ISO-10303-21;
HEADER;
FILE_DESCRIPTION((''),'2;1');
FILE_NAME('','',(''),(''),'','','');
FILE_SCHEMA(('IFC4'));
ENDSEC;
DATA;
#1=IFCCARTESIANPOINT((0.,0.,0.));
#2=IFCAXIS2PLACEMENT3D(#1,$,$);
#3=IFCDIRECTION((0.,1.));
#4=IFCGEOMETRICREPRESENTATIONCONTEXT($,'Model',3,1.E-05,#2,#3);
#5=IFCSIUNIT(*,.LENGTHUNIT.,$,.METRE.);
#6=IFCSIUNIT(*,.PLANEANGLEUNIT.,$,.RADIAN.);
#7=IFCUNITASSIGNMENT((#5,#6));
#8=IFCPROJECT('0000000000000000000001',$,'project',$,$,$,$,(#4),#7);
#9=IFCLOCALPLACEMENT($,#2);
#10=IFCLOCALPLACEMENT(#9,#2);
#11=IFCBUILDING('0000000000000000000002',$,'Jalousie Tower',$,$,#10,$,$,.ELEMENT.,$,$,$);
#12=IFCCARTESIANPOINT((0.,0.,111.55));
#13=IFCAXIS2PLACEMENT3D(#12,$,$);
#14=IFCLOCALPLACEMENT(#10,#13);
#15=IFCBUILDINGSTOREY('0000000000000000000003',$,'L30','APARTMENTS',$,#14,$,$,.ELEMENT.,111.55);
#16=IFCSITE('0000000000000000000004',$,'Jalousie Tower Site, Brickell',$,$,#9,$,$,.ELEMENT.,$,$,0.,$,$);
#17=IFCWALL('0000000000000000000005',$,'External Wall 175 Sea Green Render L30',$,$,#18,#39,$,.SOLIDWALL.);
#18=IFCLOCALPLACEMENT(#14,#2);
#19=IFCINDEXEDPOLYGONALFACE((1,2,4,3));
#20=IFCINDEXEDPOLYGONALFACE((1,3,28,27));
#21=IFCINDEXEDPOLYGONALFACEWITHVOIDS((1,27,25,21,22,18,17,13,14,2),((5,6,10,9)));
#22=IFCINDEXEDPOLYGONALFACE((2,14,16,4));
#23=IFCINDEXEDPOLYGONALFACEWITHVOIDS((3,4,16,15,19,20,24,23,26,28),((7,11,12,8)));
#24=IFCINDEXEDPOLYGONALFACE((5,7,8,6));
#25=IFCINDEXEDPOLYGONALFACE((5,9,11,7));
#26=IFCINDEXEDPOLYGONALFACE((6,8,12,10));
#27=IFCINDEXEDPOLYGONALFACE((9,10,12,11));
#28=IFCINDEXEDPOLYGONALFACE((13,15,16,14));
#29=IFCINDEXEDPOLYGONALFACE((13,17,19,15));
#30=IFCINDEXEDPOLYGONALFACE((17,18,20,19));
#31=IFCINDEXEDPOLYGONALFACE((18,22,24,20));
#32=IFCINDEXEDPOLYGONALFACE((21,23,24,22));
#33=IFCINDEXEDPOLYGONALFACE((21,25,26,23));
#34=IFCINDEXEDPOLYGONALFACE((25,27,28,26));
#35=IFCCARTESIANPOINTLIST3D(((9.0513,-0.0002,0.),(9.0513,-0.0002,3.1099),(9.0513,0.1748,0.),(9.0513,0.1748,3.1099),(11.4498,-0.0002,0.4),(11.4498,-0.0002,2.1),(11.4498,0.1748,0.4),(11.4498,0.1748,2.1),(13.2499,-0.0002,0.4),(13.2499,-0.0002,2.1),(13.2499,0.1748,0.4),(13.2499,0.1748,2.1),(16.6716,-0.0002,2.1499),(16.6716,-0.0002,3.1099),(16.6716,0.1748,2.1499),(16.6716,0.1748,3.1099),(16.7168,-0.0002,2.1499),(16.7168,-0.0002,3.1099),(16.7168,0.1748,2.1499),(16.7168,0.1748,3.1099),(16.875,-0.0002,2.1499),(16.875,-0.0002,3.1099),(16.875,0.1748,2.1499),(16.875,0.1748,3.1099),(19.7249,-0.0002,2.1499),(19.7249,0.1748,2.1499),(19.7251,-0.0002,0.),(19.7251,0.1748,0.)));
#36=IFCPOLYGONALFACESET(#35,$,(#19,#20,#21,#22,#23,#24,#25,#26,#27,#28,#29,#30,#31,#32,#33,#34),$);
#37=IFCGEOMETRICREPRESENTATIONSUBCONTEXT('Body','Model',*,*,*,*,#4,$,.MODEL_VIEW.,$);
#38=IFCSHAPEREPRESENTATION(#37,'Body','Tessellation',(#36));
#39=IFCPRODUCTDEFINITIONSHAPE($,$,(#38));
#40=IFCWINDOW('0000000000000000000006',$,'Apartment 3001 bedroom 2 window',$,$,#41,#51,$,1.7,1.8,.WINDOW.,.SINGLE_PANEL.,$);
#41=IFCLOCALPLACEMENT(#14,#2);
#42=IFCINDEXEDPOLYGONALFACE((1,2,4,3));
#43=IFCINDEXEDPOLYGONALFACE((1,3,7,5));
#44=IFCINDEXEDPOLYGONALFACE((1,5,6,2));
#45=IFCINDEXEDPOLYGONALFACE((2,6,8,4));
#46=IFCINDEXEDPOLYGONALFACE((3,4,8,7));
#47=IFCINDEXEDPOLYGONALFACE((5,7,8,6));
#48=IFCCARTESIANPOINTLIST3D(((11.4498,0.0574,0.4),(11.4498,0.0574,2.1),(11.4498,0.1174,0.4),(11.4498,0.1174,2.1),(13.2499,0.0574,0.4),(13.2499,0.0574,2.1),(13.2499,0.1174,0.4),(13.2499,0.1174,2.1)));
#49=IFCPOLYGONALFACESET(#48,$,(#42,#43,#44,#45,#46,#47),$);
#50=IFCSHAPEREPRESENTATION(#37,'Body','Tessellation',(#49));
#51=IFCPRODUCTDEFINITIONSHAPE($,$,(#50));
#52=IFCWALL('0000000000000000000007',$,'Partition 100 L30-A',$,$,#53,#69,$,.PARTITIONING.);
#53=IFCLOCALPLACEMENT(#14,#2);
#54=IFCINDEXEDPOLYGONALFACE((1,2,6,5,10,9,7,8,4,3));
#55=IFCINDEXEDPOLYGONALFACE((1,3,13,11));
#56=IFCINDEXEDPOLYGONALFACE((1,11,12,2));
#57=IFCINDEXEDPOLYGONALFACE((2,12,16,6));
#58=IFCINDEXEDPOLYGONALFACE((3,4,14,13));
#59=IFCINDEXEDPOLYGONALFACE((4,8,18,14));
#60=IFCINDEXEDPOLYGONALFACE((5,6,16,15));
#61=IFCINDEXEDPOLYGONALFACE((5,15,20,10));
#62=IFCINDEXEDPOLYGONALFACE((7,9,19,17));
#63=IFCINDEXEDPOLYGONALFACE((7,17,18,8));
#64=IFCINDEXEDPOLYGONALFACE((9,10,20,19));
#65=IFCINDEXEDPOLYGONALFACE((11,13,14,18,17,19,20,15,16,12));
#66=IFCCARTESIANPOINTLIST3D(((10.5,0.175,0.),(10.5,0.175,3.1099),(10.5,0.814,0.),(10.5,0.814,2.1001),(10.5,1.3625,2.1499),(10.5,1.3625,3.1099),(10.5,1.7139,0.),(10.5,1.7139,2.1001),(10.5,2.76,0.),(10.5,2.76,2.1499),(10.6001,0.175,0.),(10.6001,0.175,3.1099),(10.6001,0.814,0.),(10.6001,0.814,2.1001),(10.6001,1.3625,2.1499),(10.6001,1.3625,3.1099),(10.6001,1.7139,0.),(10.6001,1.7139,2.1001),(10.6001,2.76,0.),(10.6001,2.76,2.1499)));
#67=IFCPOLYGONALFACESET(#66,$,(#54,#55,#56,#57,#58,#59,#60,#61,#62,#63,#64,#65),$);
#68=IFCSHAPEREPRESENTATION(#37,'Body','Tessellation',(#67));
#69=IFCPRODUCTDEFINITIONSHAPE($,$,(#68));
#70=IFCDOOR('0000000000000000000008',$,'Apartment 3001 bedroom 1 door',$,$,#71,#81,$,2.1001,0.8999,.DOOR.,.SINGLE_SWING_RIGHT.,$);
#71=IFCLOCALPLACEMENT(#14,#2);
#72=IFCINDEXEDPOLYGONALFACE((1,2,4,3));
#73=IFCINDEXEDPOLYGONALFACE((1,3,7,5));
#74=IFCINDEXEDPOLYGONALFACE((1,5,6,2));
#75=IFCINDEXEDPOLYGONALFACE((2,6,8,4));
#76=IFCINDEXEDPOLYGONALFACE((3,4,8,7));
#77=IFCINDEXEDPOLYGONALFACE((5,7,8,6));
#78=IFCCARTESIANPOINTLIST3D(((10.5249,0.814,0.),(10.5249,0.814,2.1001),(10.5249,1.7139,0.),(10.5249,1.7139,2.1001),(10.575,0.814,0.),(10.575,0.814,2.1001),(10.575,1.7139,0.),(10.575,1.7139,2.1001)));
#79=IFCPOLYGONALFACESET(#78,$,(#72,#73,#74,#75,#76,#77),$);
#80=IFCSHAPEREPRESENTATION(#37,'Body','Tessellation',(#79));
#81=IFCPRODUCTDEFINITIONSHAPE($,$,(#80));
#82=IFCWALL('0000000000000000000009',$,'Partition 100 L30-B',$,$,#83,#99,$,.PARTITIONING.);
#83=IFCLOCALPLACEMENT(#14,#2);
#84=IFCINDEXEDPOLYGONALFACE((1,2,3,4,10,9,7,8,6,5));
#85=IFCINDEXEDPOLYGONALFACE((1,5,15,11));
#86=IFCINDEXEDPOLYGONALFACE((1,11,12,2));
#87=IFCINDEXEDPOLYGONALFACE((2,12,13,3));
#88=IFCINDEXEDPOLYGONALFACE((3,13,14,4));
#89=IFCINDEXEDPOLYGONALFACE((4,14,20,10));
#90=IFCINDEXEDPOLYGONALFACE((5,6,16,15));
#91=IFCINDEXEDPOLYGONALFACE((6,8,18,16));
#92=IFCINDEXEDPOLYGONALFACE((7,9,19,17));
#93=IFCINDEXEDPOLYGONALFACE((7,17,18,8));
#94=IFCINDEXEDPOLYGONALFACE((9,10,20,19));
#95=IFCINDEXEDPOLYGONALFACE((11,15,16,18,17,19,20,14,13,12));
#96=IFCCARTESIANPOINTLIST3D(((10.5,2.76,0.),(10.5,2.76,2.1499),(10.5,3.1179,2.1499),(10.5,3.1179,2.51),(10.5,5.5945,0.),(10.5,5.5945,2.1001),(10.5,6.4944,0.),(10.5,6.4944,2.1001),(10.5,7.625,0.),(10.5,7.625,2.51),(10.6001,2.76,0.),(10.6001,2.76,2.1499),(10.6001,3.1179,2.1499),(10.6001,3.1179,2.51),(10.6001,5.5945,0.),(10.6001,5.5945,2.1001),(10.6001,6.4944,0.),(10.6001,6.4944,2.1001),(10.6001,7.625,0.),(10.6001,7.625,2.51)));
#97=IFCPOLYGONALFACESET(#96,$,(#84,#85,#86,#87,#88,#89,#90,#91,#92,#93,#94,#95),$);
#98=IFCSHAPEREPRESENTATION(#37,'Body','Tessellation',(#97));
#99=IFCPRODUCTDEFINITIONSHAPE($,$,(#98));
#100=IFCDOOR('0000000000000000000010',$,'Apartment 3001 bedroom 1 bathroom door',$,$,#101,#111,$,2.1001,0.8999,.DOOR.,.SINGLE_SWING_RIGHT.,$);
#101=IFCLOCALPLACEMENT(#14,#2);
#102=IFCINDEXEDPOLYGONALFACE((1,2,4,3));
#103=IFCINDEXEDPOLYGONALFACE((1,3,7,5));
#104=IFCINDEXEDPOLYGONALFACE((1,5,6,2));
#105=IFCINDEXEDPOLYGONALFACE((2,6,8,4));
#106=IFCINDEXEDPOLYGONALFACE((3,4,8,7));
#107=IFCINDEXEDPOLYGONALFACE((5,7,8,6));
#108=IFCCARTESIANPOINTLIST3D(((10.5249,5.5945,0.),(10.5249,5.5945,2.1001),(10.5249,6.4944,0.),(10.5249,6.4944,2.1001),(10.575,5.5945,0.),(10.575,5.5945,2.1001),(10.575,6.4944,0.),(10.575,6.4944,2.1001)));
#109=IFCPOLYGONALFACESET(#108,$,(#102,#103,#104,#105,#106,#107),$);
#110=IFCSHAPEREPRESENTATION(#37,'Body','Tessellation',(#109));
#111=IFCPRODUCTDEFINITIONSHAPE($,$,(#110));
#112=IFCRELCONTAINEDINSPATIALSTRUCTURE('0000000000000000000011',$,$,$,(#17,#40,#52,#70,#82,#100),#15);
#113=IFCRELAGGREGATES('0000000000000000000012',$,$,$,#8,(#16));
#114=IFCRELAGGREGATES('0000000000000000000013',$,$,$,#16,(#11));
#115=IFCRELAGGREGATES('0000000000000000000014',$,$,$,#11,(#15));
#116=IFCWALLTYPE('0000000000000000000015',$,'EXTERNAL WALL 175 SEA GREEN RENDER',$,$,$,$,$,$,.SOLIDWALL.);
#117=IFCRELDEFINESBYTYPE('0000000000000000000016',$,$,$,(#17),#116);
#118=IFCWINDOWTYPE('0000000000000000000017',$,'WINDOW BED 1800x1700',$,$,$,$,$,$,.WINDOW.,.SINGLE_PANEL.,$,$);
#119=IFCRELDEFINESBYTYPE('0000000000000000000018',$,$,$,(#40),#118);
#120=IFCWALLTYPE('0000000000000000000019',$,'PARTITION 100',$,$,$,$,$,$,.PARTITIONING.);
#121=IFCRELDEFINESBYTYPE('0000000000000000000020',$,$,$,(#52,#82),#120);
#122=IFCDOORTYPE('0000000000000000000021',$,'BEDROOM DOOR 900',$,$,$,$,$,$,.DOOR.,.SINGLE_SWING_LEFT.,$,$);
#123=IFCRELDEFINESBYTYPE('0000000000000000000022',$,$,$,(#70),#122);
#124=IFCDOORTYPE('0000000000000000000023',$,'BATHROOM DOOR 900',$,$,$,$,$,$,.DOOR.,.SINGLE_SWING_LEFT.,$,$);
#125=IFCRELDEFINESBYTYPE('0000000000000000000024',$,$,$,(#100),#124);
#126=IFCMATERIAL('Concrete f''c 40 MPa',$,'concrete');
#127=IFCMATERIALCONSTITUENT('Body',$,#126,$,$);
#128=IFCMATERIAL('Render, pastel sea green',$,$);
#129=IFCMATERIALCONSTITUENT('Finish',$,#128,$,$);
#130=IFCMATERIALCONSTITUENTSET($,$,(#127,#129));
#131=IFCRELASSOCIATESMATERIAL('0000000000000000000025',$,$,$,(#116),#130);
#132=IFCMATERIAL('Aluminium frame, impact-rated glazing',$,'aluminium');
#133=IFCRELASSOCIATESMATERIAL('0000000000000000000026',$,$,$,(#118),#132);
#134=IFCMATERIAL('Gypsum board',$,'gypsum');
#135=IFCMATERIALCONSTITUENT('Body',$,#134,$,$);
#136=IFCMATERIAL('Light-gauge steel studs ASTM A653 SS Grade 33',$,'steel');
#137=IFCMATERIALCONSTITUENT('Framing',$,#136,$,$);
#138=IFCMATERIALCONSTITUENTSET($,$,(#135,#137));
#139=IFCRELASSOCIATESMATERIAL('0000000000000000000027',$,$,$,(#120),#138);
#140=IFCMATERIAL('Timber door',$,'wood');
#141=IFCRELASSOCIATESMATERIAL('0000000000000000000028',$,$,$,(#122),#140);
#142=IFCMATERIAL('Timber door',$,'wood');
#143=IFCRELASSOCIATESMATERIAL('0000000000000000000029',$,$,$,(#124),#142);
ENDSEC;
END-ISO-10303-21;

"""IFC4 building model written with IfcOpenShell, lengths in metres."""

from ifc_helpers import new_model, si_unit, direction, frame, frame_2d, origin, place, context, subcontext, project, spatial, polyline, rectangle, outline, extrude, material, constituent, constituent_set, type_object, element, fill, save


model = new_model("IFC4")

# Units and contexts
model_context = context("Model", 3, precision=1e-05, world=origin(), true_north=direction((0.0, 1.0)))
body_context = subcontext(model_context, "Body", "Model", "MODEL_VIEW")
ifc_project = project(units=[si_unit("LENGTHUNIT", "METRE"), si_unit("PLANEANGLEUNIT", "RADIAN")], contexts=[model_context])

# Site, building, storey
site_placement = place(None, origin())
site = spatial("IfcSite", under=ifc_project, at=site_placement, Name="Jalousie Tower Site, Brickell", CompositionType="ELEMENT", RefElevation=0.0)
building_placement = place(site_placement, origin())
building = spatial("IfcBuilding", under=site, at=building_placement, Name="Jalousie Tower", CompositionType="ELEMENT")
storey_placement = place(building_placement, frame((0.0, 0.0, 111.55)))
storey = spatial("IfcBuildingStorey", under=building, at=storey_placement, Name="L30", Description="APARTMENTS", CompositionType="ELEMENT", Elevation=111.55)

# Wall, opening, window
ifc_material_1 = material(Name="Concrete f'c 40 MPa", Category="concrete")
ifc_constituent_1 = constituent(ifc_material_1, Name="Body")
ifc_material_2 = material(Name="Render, pastel sea green")
ifc_constituent_2 = constituent(ifc_material_2, Name="Finish")
ifc_constituent_set_1 = constituent_set(constituents=[ifc_constituent_1, ifc_constituent_2])
wall_type_1 = type_object("IfcWallType", Name="EXTERNAL WALL 175 SEA GREEN RENDER", PredefinedType="SOLIDWALL", material=ifc_constituent_set_1)
wall_1_placement = place(storey_placement, frame((9.0513, 0.0874, 0.0), z_axis=(0.0, 0.0, 1.0), x_axis=(1.0, 0.0, 0.0)))
wall_1 = element("IfcWall", 1, at=wall_1_placement, inside=storey, type_object=wall_type_1, Name="External Wall 175 Sea Green Render L30", PredefinedType="SOLIDWALL", context=body_context, shape_type="SweptSolid", body=[
    extrude(outline(polyline([(0.0, 0.0), (10.6738, 0.0), (10.6736, 2.1499), (7.8237, 2.1499), (7.8237, 3.1099), (7.6655, 3.1099), (7.6655, 2.1499), (7.6204, 2.1499), (7.6204, 3.1099), (0.0, 3.1099), (0.0, 0.0)])), frame((0.0, 0.0874, 0.0), z_axis=(0.0, -1.0, 0.0), x_axis=(1.0, 0.0, 0.0)), (0.0, 0.0, 1.0), 0.175),
])
opening_1_placement = place(wall_1_placement, frame((2.3987, 0.0, 0.3999)))
opening_1 = element("IfcOpeningElement", 2, at=opening_1_placement, cuts=wall_1, PredefinedType="OPENING", context=body_context, shape_type="SweptSolid", body=[
    extrude(rectangle(XDim=1.8, YDim=1.7, at=frame_2d((0.8999, 0.8501))), frame((0.0, 0.0974, 0.0), z_axis=(0.0, -1.0, 0.0), x_axis=(1.0, 0.0, 0.0)), (0.0, 0.0, 1.0), 0.1951),
])
ifc_material_3 = material(Name="Aluminium frame, impact-rated glazing", Category="aluminium")
window_type = type_object("IfcWindowType", Name="WINDOW BED 1800x1700", PartitioningType="SINGLE_PANEL", PredefinedType="WINDOW", material=ifc_material_3)
window_placement = place(opening_1_placement, origin())
window = element("IfcWindow", 3, at=window_placement, inside=storey, type_object=window_type, Name="Apartment 3001 bedroom 2 window", OverallHeight=1.7, OverallWidth=1.8, PartitioningType="SINGLE_PANEL", PredefinedType="WINDOW", context=body_context, shape_type="SweptSolid", body=[
    extrude(rectangle(XDim=1.8, YDim=1.7, at=frame_2d((0.8999, 0.8501))), frame((0.0, 0.03, 0.0), z_axis=(0.0, -1.0, 0.0), x_axis=(1.0, 0.0, 0.0)), (0.0, 0.0, 1.0), 0.0601),
])
fill(opening_1, window)

# Walls, openings, doors
ifc_material_4 = material(Name="Gypsum board", Category="gypsum")
ifc_constituent_3 = constituent(ifc_material_4, Name="Body")
ifc_material_5 = material(Name="Light-gauge steel studs ASTM A653 SS Grade 33", Category="steel")
ifc_constituent_4 = constituent(ifc_material_5, Name="Framing")
ifc_constituent_set_2 = constituent_set(constituents=[ifc_constituent_3, ifc_constituent_4])
wall_type_2 = type_object("IfcWallType", Name="PARTITION 100", PredefinedType="PARTITIONING", material=ifc_constituent_set_2)
wall_2_placement = place(storey_placement, frame((10.55, 0.175, 0.0), z_axis=(0.0, 0.0, 1.0), x_axis=(0.0, 1.0, 0.0)))
wall_2 = element("IfcWall", 4, at=wall_2_placement, inside=storey, type_object=wall_type_2, Name="Partition 100 L30-A", PredefinedType="PARTITIONING", context=body_context, shape_type="SweptSolid", body=[
    extrude(outline(polyline([(0.0, 0.0), (2.585, 0.0), (2.585, 2.1499), (1.1875, 2.1499), (1.1875, 3.1099), (0.0, 3.1099), (0.0, 0.0)])), frame((0.0, 0.05, 0.0), z_axis=(0.0, -1.0, 0.0), x_axis=(1.0, 0.0, 0.0)), (0.0, 0.0, 1.0), 0.1001),
])
opening_2_placement = place(wall_2_placement, frame((0.6389, 0.0, 0.0)))
opening_2 = element("IfcOpeningElement", 5, at=opening_2_placement, cuts=wall_2, PredefinedType="OPENING", context=body_context, shape_type="SweptSolid", body=[
    extrude(rectangle(XDim=0.8999, YDim=2.1001, at=frame_2d((0.45, 1.05))), frame((0.0, 0.0601, 0.0), z_axis=(0.0, -1.0, 0.0), x_axis=(1.0, 0.0, 0.0)), (0.0, 0.0, 1.0), 0.1201),
])
ifc_material_6 = material(Name="Timber door", Category="wood")
door_type_1 = type_object("IfcDoorType", Name="BEDROOM DOOR 900", OperationType="SINGLE_SWING_LEFT", PredefinedType="DOOR", material=ifc_material_6)
door_1_placement = place(opening_2_placement, frame((0.8999, 0.0, 0.0), z_axis=(0.0, 0.0, 1.0), x_axis=(-1.0, 0.0, 0.0)))
door_1 = element("IfcDoor", 6, at=door_1_placement, inside=storey, type_object=door_type_1, Name="Apartment 3001 bedroom 1 door", OperationType="SINGLE_SWING_RIGHT", OverallHeight=2.1001, OverallWidth=0.8999, PredefinedType="DOOR", context=body_context, shape_type="SweptSolid", body=[
    extrude(rectangle(XDim=0.8999, YDim=2.1001, at=frame_2d((0.45, 1.05))), frame((0.0, 0.0249, 0.0), z_axis=(0.0, -1.0, 0.0), x_axis=(1.0, 0.0, 0.0)), (0.0, 0.0, 1.0), 0.05),
])
fill(opening_2, door_1)
wall_3_placement = place(storey_placement, frame((10.55, 2.76, 0.0), z_axis=(0.0, 0.0, 1.0), x_axis=(0.0, 1.0, 0.0)))
wall_3 = element("IfcWall", 7, at=wall_3_placement, inside=storey, type_object=wall_type_2, Name="Partition 100 L30-B", PredefinedType="PARTITIONING", context=body_context, shape_type="SweptSolid", body=[
    extrude(outline(polyline([(0.0, 0.0), (4.865, 0.0), (4.865, 2.51), (0.3579, 2.51), (0.3579, 2.1499), (0.0, 2.1499), (0.0, 0.0)])), frame((0.0, 0.05, 0.0), z_axis=(0.0, -1.0, 0.0), x_axis=(1.0, 0.0, 0.0)), (0.0, 0.0, 1.0), 0.1001),
])
opening_3_placement = place(wall_3_placement, frame((2.8345, 0.0, 0.0)))
opening_3 = element("IfcOpeningElement", 8, at=opening_3_placement, cuts=wall_3, PredefinedType="OPENING", context=body_context, shape_type="SweptSolid", body=[
    extrude(rectangle(XDim=0.8999, YDim=2.1001, at=frame_2d((0.45, 1.05))), frame((0.0, 0.0601, 0.0), z_axis=(0.0, -1.0, 0.0), x_axis=(1.0, 0.0, 0.0)), (0.0, 0.0, 1.0), 0.1201),
])
ifc_material_7 = material(Name="Timber door", Category="wood")
door_type_2 = type_object("IfcDoorType", Name="BATHROOM DOOR 900", OperationType="SINGLE_SWING_LEFT", PredefinedType="DOOR", material=ifc_material_7)
door_2_placement = place(opening_3_placement, frame((0.8999, 0.0, 0.0), z_axis=(0.0, 0.0, 1.0), x_axis=(-1.0, 0.0, 0.0)))
door_2 = element("IfcDoor", 9, at=door_2_placement, inside=storey, type_object=door_type_2, Name="Apartment 3001 bedroom 1 bathroom door", OperationType="SINGLE_SWING_RIGHT", OverallHeight=2.1001, OverallWidth=0.8999, PredefinedType="DOOR", context=body_context, shape_type="SweptSolid", body=[
    extrude(rectangle(XDim=0.8999, YDim=2.1001, at=frame_2d((0.45, 1.05))), frame((0.0, 0.0249, 0.0), z_axis=(0.0, -1.0, 0.0), x_axis=(1.0, 0.0, 0.0)), (0.0, 0.0, 1.0), 0.05),
])
fill(opening_3, door_2)

save(model, "model.ifc")
